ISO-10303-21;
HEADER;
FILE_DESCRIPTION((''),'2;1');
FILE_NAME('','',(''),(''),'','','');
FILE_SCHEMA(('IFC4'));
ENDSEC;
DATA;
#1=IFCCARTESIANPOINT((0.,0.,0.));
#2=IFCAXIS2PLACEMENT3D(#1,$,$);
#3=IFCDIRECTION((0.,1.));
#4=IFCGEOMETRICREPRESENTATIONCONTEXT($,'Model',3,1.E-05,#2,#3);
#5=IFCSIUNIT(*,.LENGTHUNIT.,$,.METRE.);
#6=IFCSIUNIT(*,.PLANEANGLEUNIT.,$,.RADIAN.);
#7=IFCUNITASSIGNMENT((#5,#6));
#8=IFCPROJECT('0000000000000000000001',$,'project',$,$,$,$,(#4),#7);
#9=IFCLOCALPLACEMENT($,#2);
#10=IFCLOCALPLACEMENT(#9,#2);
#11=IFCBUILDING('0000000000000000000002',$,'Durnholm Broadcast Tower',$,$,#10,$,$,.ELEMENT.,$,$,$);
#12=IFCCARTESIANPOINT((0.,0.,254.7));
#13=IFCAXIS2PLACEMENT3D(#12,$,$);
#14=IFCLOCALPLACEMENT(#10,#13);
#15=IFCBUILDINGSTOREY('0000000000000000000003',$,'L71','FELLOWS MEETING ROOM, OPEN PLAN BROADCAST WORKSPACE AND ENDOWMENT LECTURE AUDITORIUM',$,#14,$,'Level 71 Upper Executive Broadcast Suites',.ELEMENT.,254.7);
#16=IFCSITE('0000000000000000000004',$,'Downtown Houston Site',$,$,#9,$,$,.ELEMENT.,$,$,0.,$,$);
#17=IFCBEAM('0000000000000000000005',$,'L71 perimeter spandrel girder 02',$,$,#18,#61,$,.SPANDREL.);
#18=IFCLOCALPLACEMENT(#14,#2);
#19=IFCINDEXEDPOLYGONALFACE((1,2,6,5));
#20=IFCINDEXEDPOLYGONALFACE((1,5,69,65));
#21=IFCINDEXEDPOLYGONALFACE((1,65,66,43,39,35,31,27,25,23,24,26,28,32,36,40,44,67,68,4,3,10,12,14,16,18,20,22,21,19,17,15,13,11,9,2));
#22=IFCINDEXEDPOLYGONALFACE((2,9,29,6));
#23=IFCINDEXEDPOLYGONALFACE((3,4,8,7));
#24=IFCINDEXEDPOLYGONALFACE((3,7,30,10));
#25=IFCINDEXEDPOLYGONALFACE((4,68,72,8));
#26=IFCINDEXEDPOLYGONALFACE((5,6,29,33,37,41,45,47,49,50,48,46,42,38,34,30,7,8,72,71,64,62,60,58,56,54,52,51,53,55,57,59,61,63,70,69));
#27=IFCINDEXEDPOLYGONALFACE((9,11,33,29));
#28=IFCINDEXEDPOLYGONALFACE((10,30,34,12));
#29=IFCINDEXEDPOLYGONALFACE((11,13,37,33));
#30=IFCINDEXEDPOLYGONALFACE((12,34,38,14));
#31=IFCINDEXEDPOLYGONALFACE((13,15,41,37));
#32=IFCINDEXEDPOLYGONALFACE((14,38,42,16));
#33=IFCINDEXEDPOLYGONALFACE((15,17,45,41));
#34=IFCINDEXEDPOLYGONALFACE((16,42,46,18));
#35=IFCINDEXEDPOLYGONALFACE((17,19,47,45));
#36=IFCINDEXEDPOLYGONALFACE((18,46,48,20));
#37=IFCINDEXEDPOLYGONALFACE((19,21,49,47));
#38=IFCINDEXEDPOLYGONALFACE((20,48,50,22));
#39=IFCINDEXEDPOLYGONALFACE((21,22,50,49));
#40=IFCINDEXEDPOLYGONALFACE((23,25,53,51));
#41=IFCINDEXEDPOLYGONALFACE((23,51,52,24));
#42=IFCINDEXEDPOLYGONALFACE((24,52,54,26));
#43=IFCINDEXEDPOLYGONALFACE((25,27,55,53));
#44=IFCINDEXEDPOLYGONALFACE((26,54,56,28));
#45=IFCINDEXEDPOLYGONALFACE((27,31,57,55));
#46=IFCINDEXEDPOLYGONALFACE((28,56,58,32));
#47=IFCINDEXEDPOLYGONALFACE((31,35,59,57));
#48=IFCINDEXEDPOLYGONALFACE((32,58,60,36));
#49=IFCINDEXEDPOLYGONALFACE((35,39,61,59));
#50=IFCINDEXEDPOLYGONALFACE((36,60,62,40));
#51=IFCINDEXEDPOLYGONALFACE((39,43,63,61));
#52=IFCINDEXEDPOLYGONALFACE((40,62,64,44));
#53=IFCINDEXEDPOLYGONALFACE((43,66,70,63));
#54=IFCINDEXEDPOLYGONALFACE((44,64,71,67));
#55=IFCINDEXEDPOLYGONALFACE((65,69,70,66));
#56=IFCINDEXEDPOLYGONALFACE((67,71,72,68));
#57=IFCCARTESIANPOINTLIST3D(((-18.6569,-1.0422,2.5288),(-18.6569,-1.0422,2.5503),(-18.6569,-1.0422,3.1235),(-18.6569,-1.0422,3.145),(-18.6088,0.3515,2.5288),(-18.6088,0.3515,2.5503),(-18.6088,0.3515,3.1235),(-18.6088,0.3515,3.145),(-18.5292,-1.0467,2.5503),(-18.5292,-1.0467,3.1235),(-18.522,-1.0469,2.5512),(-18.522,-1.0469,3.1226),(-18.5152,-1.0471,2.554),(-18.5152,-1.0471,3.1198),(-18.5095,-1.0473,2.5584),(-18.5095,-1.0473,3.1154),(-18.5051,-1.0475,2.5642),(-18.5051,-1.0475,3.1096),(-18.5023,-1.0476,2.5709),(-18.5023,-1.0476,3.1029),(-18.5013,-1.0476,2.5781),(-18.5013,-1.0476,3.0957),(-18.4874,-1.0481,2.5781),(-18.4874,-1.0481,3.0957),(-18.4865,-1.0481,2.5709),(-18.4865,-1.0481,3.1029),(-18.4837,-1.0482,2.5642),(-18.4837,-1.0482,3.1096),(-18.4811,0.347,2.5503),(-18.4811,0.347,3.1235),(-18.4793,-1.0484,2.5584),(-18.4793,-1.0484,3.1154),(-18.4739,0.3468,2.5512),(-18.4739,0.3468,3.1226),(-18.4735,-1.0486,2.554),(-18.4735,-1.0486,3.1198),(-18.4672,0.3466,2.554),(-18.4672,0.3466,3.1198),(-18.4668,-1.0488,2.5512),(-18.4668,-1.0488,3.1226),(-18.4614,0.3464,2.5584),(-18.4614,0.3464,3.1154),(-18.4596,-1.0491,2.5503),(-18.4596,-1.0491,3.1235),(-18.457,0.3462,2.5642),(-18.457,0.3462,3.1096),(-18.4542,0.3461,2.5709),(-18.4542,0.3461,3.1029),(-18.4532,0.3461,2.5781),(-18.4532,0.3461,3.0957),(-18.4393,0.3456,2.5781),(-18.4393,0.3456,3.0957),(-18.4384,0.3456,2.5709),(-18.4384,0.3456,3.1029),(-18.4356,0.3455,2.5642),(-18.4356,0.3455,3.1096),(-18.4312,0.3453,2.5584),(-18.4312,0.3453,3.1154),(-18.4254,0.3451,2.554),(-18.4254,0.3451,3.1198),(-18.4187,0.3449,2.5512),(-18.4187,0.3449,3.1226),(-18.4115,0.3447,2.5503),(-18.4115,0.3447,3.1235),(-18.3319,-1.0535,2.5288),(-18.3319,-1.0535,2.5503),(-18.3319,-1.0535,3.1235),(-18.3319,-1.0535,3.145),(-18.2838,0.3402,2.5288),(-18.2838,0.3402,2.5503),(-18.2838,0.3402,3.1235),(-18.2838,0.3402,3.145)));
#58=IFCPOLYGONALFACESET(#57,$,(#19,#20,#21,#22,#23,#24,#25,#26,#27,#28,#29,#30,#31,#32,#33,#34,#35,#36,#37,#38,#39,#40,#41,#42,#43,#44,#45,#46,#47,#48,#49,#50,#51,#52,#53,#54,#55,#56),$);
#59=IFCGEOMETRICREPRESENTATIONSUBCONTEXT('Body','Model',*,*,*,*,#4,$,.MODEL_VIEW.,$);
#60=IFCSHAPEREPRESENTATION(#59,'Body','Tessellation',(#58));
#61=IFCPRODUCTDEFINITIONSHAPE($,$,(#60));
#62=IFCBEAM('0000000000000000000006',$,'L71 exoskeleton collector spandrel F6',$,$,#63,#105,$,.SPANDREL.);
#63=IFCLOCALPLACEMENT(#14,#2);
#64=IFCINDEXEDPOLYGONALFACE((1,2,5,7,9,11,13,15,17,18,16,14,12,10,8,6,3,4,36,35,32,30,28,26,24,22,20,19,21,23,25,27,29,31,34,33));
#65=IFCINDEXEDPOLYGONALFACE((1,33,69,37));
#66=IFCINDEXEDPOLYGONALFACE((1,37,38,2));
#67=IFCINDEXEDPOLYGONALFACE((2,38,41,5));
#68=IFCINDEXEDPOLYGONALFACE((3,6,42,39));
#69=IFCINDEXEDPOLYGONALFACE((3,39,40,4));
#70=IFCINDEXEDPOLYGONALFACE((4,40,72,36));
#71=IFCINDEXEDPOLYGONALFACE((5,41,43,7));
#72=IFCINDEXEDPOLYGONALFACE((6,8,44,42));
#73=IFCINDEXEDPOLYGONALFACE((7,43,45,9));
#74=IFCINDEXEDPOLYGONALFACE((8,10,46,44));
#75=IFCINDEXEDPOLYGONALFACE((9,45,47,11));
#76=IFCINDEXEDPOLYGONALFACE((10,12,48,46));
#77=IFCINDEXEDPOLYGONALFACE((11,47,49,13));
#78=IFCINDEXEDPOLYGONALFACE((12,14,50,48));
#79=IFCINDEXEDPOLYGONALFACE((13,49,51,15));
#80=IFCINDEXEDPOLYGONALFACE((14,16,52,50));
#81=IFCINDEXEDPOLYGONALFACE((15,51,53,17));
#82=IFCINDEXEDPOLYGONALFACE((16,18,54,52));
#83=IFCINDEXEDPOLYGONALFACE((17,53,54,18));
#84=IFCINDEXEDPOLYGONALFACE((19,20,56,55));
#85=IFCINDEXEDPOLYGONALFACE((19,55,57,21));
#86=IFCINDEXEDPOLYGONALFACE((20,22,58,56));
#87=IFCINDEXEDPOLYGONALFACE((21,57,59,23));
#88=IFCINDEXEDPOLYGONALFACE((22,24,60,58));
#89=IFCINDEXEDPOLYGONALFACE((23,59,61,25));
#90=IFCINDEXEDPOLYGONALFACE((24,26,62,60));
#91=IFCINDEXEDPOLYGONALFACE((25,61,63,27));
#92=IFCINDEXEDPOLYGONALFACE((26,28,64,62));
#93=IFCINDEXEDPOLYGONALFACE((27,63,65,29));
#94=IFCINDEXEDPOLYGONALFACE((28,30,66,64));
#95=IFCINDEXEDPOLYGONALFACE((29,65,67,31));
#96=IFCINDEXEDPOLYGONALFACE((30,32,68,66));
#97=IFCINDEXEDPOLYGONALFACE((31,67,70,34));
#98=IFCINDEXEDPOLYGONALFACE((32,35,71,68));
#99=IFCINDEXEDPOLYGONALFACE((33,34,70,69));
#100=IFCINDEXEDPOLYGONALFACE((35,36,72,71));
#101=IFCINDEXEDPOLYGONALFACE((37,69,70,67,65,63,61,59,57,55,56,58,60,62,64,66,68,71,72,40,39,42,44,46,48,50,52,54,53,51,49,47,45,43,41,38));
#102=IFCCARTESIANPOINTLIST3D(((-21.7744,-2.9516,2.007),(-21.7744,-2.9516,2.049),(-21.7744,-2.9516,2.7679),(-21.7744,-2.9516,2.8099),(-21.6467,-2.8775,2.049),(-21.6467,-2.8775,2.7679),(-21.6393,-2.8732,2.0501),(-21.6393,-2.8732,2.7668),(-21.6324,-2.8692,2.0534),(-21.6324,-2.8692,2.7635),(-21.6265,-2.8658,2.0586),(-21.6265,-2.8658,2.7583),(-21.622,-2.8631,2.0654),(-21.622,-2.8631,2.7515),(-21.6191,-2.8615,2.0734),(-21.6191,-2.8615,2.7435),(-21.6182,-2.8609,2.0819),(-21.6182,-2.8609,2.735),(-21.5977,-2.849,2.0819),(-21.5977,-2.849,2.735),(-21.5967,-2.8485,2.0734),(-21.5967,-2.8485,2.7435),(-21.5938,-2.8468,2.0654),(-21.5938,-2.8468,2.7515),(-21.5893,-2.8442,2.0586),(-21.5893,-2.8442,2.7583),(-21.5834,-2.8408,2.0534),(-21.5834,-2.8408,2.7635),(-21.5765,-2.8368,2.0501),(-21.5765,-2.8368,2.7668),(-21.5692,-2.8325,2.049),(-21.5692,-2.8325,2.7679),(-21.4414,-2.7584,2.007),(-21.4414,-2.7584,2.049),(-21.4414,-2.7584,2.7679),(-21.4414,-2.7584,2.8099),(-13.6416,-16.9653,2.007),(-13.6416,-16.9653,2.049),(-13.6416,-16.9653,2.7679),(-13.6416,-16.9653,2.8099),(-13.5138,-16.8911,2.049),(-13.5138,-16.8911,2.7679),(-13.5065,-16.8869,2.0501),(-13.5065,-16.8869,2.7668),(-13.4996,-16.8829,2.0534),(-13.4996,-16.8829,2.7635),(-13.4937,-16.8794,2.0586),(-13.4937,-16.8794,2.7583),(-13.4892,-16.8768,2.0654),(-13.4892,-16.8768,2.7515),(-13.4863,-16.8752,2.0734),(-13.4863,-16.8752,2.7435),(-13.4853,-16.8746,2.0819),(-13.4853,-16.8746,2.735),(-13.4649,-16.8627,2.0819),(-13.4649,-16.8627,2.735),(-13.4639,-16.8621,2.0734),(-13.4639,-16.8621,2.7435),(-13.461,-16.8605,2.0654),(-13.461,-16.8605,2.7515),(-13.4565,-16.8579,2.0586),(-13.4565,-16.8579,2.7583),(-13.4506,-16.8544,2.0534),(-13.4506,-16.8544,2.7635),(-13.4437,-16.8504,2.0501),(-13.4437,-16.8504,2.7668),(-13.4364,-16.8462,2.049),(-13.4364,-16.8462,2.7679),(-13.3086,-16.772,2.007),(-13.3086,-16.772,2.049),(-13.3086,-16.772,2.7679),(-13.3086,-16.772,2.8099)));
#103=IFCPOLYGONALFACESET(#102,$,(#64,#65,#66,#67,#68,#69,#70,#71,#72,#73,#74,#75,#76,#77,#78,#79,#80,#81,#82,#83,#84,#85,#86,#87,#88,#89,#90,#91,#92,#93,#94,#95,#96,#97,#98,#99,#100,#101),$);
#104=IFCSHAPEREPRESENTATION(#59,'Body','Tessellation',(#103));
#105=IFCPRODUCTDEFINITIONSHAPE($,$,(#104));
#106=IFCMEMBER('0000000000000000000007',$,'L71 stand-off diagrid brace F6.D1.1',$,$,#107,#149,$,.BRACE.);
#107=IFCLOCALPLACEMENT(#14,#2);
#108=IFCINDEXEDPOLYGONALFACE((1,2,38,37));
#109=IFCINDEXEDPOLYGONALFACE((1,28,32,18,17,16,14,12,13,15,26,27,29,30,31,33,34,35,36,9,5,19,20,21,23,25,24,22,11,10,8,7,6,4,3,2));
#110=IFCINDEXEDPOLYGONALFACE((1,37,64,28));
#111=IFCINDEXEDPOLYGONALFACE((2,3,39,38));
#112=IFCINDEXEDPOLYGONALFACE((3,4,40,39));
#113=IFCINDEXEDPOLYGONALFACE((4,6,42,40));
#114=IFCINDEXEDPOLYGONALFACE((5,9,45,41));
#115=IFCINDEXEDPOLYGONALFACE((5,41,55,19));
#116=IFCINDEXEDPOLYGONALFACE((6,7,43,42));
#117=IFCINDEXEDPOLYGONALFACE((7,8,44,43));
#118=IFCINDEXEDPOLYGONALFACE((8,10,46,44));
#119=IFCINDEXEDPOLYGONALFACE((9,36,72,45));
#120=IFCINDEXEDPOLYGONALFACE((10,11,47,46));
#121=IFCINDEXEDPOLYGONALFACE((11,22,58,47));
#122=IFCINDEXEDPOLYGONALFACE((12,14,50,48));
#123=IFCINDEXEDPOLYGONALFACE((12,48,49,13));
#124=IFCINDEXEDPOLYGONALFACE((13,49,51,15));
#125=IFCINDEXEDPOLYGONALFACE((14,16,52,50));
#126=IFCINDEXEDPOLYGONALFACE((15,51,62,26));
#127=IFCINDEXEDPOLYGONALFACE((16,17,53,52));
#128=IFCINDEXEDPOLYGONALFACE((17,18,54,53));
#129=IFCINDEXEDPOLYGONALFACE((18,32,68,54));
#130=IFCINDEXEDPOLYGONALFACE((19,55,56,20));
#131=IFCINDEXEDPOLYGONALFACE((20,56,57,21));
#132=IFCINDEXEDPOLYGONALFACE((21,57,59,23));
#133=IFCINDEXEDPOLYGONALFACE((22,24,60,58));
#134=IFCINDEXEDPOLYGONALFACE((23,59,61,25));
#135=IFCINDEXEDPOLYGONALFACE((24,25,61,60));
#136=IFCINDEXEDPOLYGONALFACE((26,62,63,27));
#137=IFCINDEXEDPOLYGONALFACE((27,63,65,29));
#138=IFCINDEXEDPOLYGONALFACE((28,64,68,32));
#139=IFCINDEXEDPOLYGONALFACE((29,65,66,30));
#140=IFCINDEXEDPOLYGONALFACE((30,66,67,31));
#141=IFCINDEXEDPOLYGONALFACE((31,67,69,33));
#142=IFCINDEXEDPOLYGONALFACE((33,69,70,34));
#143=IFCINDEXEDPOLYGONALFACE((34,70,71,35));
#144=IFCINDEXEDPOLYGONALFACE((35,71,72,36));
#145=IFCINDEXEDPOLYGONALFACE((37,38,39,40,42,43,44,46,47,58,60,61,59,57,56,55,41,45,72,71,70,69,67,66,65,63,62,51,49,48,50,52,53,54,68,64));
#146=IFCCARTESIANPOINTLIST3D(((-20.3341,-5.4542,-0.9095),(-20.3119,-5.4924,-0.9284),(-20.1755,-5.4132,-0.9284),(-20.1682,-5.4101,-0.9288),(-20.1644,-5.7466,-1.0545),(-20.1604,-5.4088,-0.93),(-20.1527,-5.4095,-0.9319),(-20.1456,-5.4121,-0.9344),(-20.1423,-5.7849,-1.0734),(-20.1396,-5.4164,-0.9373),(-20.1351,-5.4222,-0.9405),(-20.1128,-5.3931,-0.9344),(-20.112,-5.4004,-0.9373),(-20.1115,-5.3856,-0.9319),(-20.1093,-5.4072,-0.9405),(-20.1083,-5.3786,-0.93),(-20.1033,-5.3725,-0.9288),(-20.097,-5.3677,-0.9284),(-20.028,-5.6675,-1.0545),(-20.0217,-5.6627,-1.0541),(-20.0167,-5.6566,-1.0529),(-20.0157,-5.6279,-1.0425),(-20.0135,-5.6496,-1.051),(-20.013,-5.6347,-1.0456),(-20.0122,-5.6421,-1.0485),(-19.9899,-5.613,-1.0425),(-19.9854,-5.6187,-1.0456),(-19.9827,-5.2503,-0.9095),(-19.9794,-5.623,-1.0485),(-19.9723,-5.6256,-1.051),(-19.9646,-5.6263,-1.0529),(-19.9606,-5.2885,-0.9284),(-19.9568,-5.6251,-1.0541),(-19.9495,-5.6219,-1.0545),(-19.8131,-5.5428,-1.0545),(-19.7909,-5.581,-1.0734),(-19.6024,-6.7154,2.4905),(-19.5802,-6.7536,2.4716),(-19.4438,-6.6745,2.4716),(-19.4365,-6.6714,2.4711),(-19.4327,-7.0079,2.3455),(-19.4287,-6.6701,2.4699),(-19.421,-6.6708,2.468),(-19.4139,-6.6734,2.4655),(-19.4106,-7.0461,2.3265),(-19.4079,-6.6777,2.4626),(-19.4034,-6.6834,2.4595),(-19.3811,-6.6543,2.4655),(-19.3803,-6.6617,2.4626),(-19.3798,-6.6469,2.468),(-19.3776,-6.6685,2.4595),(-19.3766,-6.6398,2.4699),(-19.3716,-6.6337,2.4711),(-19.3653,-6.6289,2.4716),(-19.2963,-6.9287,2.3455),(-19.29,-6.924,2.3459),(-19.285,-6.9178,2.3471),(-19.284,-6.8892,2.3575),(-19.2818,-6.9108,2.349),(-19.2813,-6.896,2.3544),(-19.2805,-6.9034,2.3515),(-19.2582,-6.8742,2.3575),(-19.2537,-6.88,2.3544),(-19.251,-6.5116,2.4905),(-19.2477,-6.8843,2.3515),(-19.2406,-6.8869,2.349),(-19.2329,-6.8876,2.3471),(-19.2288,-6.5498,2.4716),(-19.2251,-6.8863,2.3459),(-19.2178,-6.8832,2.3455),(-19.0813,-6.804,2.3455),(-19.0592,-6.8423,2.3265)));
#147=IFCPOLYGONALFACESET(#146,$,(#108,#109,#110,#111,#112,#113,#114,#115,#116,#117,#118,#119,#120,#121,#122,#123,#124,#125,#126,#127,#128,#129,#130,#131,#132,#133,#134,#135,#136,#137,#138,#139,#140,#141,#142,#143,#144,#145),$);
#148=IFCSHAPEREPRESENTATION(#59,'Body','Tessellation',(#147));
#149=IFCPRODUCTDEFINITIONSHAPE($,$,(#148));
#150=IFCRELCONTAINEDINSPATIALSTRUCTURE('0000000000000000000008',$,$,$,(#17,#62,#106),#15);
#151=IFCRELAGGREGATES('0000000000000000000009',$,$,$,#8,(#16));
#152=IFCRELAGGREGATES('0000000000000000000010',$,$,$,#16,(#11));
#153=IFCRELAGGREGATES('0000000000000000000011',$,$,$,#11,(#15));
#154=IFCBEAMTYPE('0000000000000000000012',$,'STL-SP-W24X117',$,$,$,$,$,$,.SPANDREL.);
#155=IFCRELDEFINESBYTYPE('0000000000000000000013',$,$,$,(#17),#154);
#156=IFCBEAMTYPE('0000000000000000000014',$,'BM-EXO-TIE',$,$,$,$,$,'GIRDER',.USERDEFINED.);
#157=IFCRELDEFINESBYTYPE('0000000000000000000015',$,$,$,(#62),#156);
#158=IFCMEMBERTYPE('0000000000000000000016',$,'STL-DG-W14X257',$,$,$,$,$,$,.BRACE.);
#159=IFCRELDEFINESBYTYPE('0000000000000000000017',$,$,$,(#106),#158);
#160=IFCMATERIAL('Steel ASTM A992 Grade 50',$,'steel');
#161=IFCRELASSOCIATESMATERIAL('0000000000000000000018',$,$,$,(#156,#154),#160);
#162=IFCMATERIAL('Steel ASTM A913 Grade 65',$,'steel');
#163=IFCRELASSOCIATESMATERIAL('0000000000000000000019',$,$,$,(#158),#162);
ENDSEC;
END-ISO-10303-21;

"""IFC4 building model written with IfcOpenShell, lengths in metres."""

from ifc_helpers import new_model, si_unit, direction, frame, origin, origin_2d, place, context, subcontext, project, spatial, i_section, extrude, source, transform, mapped, material, material_profile, profile_set, type_object, type_shapes, element, save


model = new_model("IFC4")

# Units and contexts
model_context = context("Model", 3, precision=1e-05, world=origin(), true_north=direction((0.0, 1.0)))
body_context = subcontext(model_context, "Body", "Model", "MODEL_VIEW")
ifc_project = project(units=[si_unit("LENGTHUNIT", "METRE"), si_unit("PLANEANGLEUNIT", "RADIAN")], contexts=[model_context])

# Site, building, storey
site_placement = place(None, origin())
site = spatial("IfcSite", under=ifc_project, at=site_placement, Name="Downtown Houston Site", CompositionType="ELEMENT", RefElevation=0.0)
building_placement = place(site_placement, origin())
building = spatial("IfcBuilding", under=site, at=building_placement, Name="Durnholm Broadcast Tower", CompositionType="ELEMENT")
storey_placement = place(building_placement, frame((0.0, 0.0, 254.7)))
storey = spatial("IfcBuildingStorey", under=building, at=storey_placement, Name="L71", Description="FELLOWS MEETING ROOM, OPEN PLAN BROADCAST WORKSPACE AND ENDOWMENT LECTURE AUDITORIUM", LongName="Level 71 Upper Executive Broadcast Suites", CompositionType="ELEMENT", Elevation=254.7)

# Beams
ifc_material_1 = material(Name="Steel ASTM A992 Grade 50", Category="steel")
ifc_material_profile_1 = material_profile(ifc_material_1, i_section(OverallWidth=0.385, OverallDepth=0.803, WebThickness=0.0237, FlangeThickness=0.042, FilletRadius=0.033, at=origin_2d()), Name="W30X261")
ifc_profile_set_1 = profile_set([ifc_material_profile_1], Name="Steel ASTM A992 Grade 50")
beam_type_1 = type_object("IfcBeamType", Name="BM-EXO-TIE", ElementType="GIRDER", PredefinedType="USERDEFINED", material=ifc_profile_set_1)
ifc_material_profile_2 = material_profile(ifc_material_1, i_section(OverallWidth=0.3252, OverallDepth=0.6162, WebThickness=0.0139, FlangeThickness=0.0215, FilletRadius=0.0278, at=origin_2d()), Name="W24X117")
ifc_profile_set_2 = profile_set([ifc_material_profile_2], Name="Steel ASTM A992 Grade 50")
beam_type_2 = type_object("IfcBeamType", Name="STL-SP-W24X117", PredefinedType="SPANDREL", material=ifc_profile_set_2)
shared_shape_1 = source(origin(), body_context, "Body", "SweptSolid", [
    extrude(i_section(OverallWidth=0.3252, OverallDepth=0.6162, WebThickness=0.0139, FlangeThickness=0.0215, FilletRadius=0.0278, at=origin_2d()), origin(), (0.0, 0.0, 1.0), 1.3945),
])
beam_1_placement = place(storey_placement, frame((-18.4944, -1.0479, 2.8369), z_axis=(0.034486, 0.999405, 0.0), x_axis=(-0.999405, 0.034486, 0.0)))
element("IfcBeam", 1, at=beam_1_placement, inside=storey, type_object=beam_type_2, Name="L71 perimeter spandrel girder 02", PredefinedType="SPANDREL", context=body_context, shape_type="MappedRepresentation", body=[
    mapped(shared_shape_1, transform((0.0, 0.0, 0.0), x_axis=(1.0, 0.0, 0.0), y_axis=(0.0, 1.0, 0.0), z_axis=(0.0, 0.0, 1.0), scale=1.0)),
])
shared_shape_2 = source(origin(), body_context, "Body", "SweptSolid", [
    extrude(i_section(OverallWidth=0.385, OverallDepth=0.803, WebThickness=0.0237, FlangeThickness=0.042, FilletRadius=0.033, at=origin_2d()), origin(), (0.0, 0.0, 1.0), 16.2026),
])
beam_2_placement = place(storey_placement, frame((-21.6079, -2.855, 2.4084), z_axis=(0.501944, -0.8649, 0.0), x_axis=(0.8649, 0.501944, 0.0)))
element("IfcBeam", 2, at=beam_2_placement, inside=storey, type_object=beam_type_1, Name="L71 exoskeleton collector spandrel F6", PredefinedType="SPANDREL", context=body_context, shape_type="MappedRepresentation", body=[
    mapped(shared_shape_2, transform((0.0, 0.0, 0.0), x_axis=(1.0, 0.0, 0.0), y_axis=(0.0, 1.0, 0.0), z_axis=(0.0, 0.0, 1.0), scale=1.0)),
])

# Member
ifc_material_2 = material(Name="Steel ASTM A913 Grade 65", Category="steel")
ifc_material_profile_3 = material_profile(ifc_material_2, i_section(OverallWidth=0.4062, OverallDepth=0.416, WebThickness=0.0298, FlangeThickness=0.0481, FilletRadius=0.0305, at=origin_2d()), Name="W14X257")
ifc_profile_set_3 = profile_set([ifc_material_profile_3], Name="Steel ASTM A913 Grade 65")
member_type_1 = type_object("IfcMemberType", Name="STL-DG-W14X257", PredefinedType="BRACE", material=ifc_profile_set_3)
shared_shape_3 = source(origin(), body_context, "Body", "SweptSolid", [
    extrude(i_section(OverallWidth=0.4062, OverallDepth=0.416, WebThickness=0.0298, FlangeThickness=0.0481, FilletRadius=0.0305, at=origin_2d()), origin(), (0.0, 0.0, 1.0), 3.6995),
])
type_shapes(member_type_1, [shared_shape_3])
for number, where, z_axis, x_axis, name in (
    (3, (-20.0625, -5.5176, -0.9915), (0.197787, -0.34093, 0.919047), (0.864979, 0.501808, 0.0), "L71 stand-off diagrid brace F6.D1.1"),
):
    element("IfcMember", number, at=place(storey_placement, frame(where, z_axis=z_axis, x_axis=x_axis)), inside=storey, type_object=member_type_1, Name=name, PredefinedType="BRACE", context=body_context, shape_type="MappedRepresentation", body=[
        mapped(shared_shape_3, transform((0.0, 0.0, 0.0), x_axis=(1.0, 0.0, 0.0), y_axis=(0.0, 1.0, 0.0), z_axis=(0.0, 0.0, 1.0), scale=1.0)),
    ])

save(model, "model.ifc")
